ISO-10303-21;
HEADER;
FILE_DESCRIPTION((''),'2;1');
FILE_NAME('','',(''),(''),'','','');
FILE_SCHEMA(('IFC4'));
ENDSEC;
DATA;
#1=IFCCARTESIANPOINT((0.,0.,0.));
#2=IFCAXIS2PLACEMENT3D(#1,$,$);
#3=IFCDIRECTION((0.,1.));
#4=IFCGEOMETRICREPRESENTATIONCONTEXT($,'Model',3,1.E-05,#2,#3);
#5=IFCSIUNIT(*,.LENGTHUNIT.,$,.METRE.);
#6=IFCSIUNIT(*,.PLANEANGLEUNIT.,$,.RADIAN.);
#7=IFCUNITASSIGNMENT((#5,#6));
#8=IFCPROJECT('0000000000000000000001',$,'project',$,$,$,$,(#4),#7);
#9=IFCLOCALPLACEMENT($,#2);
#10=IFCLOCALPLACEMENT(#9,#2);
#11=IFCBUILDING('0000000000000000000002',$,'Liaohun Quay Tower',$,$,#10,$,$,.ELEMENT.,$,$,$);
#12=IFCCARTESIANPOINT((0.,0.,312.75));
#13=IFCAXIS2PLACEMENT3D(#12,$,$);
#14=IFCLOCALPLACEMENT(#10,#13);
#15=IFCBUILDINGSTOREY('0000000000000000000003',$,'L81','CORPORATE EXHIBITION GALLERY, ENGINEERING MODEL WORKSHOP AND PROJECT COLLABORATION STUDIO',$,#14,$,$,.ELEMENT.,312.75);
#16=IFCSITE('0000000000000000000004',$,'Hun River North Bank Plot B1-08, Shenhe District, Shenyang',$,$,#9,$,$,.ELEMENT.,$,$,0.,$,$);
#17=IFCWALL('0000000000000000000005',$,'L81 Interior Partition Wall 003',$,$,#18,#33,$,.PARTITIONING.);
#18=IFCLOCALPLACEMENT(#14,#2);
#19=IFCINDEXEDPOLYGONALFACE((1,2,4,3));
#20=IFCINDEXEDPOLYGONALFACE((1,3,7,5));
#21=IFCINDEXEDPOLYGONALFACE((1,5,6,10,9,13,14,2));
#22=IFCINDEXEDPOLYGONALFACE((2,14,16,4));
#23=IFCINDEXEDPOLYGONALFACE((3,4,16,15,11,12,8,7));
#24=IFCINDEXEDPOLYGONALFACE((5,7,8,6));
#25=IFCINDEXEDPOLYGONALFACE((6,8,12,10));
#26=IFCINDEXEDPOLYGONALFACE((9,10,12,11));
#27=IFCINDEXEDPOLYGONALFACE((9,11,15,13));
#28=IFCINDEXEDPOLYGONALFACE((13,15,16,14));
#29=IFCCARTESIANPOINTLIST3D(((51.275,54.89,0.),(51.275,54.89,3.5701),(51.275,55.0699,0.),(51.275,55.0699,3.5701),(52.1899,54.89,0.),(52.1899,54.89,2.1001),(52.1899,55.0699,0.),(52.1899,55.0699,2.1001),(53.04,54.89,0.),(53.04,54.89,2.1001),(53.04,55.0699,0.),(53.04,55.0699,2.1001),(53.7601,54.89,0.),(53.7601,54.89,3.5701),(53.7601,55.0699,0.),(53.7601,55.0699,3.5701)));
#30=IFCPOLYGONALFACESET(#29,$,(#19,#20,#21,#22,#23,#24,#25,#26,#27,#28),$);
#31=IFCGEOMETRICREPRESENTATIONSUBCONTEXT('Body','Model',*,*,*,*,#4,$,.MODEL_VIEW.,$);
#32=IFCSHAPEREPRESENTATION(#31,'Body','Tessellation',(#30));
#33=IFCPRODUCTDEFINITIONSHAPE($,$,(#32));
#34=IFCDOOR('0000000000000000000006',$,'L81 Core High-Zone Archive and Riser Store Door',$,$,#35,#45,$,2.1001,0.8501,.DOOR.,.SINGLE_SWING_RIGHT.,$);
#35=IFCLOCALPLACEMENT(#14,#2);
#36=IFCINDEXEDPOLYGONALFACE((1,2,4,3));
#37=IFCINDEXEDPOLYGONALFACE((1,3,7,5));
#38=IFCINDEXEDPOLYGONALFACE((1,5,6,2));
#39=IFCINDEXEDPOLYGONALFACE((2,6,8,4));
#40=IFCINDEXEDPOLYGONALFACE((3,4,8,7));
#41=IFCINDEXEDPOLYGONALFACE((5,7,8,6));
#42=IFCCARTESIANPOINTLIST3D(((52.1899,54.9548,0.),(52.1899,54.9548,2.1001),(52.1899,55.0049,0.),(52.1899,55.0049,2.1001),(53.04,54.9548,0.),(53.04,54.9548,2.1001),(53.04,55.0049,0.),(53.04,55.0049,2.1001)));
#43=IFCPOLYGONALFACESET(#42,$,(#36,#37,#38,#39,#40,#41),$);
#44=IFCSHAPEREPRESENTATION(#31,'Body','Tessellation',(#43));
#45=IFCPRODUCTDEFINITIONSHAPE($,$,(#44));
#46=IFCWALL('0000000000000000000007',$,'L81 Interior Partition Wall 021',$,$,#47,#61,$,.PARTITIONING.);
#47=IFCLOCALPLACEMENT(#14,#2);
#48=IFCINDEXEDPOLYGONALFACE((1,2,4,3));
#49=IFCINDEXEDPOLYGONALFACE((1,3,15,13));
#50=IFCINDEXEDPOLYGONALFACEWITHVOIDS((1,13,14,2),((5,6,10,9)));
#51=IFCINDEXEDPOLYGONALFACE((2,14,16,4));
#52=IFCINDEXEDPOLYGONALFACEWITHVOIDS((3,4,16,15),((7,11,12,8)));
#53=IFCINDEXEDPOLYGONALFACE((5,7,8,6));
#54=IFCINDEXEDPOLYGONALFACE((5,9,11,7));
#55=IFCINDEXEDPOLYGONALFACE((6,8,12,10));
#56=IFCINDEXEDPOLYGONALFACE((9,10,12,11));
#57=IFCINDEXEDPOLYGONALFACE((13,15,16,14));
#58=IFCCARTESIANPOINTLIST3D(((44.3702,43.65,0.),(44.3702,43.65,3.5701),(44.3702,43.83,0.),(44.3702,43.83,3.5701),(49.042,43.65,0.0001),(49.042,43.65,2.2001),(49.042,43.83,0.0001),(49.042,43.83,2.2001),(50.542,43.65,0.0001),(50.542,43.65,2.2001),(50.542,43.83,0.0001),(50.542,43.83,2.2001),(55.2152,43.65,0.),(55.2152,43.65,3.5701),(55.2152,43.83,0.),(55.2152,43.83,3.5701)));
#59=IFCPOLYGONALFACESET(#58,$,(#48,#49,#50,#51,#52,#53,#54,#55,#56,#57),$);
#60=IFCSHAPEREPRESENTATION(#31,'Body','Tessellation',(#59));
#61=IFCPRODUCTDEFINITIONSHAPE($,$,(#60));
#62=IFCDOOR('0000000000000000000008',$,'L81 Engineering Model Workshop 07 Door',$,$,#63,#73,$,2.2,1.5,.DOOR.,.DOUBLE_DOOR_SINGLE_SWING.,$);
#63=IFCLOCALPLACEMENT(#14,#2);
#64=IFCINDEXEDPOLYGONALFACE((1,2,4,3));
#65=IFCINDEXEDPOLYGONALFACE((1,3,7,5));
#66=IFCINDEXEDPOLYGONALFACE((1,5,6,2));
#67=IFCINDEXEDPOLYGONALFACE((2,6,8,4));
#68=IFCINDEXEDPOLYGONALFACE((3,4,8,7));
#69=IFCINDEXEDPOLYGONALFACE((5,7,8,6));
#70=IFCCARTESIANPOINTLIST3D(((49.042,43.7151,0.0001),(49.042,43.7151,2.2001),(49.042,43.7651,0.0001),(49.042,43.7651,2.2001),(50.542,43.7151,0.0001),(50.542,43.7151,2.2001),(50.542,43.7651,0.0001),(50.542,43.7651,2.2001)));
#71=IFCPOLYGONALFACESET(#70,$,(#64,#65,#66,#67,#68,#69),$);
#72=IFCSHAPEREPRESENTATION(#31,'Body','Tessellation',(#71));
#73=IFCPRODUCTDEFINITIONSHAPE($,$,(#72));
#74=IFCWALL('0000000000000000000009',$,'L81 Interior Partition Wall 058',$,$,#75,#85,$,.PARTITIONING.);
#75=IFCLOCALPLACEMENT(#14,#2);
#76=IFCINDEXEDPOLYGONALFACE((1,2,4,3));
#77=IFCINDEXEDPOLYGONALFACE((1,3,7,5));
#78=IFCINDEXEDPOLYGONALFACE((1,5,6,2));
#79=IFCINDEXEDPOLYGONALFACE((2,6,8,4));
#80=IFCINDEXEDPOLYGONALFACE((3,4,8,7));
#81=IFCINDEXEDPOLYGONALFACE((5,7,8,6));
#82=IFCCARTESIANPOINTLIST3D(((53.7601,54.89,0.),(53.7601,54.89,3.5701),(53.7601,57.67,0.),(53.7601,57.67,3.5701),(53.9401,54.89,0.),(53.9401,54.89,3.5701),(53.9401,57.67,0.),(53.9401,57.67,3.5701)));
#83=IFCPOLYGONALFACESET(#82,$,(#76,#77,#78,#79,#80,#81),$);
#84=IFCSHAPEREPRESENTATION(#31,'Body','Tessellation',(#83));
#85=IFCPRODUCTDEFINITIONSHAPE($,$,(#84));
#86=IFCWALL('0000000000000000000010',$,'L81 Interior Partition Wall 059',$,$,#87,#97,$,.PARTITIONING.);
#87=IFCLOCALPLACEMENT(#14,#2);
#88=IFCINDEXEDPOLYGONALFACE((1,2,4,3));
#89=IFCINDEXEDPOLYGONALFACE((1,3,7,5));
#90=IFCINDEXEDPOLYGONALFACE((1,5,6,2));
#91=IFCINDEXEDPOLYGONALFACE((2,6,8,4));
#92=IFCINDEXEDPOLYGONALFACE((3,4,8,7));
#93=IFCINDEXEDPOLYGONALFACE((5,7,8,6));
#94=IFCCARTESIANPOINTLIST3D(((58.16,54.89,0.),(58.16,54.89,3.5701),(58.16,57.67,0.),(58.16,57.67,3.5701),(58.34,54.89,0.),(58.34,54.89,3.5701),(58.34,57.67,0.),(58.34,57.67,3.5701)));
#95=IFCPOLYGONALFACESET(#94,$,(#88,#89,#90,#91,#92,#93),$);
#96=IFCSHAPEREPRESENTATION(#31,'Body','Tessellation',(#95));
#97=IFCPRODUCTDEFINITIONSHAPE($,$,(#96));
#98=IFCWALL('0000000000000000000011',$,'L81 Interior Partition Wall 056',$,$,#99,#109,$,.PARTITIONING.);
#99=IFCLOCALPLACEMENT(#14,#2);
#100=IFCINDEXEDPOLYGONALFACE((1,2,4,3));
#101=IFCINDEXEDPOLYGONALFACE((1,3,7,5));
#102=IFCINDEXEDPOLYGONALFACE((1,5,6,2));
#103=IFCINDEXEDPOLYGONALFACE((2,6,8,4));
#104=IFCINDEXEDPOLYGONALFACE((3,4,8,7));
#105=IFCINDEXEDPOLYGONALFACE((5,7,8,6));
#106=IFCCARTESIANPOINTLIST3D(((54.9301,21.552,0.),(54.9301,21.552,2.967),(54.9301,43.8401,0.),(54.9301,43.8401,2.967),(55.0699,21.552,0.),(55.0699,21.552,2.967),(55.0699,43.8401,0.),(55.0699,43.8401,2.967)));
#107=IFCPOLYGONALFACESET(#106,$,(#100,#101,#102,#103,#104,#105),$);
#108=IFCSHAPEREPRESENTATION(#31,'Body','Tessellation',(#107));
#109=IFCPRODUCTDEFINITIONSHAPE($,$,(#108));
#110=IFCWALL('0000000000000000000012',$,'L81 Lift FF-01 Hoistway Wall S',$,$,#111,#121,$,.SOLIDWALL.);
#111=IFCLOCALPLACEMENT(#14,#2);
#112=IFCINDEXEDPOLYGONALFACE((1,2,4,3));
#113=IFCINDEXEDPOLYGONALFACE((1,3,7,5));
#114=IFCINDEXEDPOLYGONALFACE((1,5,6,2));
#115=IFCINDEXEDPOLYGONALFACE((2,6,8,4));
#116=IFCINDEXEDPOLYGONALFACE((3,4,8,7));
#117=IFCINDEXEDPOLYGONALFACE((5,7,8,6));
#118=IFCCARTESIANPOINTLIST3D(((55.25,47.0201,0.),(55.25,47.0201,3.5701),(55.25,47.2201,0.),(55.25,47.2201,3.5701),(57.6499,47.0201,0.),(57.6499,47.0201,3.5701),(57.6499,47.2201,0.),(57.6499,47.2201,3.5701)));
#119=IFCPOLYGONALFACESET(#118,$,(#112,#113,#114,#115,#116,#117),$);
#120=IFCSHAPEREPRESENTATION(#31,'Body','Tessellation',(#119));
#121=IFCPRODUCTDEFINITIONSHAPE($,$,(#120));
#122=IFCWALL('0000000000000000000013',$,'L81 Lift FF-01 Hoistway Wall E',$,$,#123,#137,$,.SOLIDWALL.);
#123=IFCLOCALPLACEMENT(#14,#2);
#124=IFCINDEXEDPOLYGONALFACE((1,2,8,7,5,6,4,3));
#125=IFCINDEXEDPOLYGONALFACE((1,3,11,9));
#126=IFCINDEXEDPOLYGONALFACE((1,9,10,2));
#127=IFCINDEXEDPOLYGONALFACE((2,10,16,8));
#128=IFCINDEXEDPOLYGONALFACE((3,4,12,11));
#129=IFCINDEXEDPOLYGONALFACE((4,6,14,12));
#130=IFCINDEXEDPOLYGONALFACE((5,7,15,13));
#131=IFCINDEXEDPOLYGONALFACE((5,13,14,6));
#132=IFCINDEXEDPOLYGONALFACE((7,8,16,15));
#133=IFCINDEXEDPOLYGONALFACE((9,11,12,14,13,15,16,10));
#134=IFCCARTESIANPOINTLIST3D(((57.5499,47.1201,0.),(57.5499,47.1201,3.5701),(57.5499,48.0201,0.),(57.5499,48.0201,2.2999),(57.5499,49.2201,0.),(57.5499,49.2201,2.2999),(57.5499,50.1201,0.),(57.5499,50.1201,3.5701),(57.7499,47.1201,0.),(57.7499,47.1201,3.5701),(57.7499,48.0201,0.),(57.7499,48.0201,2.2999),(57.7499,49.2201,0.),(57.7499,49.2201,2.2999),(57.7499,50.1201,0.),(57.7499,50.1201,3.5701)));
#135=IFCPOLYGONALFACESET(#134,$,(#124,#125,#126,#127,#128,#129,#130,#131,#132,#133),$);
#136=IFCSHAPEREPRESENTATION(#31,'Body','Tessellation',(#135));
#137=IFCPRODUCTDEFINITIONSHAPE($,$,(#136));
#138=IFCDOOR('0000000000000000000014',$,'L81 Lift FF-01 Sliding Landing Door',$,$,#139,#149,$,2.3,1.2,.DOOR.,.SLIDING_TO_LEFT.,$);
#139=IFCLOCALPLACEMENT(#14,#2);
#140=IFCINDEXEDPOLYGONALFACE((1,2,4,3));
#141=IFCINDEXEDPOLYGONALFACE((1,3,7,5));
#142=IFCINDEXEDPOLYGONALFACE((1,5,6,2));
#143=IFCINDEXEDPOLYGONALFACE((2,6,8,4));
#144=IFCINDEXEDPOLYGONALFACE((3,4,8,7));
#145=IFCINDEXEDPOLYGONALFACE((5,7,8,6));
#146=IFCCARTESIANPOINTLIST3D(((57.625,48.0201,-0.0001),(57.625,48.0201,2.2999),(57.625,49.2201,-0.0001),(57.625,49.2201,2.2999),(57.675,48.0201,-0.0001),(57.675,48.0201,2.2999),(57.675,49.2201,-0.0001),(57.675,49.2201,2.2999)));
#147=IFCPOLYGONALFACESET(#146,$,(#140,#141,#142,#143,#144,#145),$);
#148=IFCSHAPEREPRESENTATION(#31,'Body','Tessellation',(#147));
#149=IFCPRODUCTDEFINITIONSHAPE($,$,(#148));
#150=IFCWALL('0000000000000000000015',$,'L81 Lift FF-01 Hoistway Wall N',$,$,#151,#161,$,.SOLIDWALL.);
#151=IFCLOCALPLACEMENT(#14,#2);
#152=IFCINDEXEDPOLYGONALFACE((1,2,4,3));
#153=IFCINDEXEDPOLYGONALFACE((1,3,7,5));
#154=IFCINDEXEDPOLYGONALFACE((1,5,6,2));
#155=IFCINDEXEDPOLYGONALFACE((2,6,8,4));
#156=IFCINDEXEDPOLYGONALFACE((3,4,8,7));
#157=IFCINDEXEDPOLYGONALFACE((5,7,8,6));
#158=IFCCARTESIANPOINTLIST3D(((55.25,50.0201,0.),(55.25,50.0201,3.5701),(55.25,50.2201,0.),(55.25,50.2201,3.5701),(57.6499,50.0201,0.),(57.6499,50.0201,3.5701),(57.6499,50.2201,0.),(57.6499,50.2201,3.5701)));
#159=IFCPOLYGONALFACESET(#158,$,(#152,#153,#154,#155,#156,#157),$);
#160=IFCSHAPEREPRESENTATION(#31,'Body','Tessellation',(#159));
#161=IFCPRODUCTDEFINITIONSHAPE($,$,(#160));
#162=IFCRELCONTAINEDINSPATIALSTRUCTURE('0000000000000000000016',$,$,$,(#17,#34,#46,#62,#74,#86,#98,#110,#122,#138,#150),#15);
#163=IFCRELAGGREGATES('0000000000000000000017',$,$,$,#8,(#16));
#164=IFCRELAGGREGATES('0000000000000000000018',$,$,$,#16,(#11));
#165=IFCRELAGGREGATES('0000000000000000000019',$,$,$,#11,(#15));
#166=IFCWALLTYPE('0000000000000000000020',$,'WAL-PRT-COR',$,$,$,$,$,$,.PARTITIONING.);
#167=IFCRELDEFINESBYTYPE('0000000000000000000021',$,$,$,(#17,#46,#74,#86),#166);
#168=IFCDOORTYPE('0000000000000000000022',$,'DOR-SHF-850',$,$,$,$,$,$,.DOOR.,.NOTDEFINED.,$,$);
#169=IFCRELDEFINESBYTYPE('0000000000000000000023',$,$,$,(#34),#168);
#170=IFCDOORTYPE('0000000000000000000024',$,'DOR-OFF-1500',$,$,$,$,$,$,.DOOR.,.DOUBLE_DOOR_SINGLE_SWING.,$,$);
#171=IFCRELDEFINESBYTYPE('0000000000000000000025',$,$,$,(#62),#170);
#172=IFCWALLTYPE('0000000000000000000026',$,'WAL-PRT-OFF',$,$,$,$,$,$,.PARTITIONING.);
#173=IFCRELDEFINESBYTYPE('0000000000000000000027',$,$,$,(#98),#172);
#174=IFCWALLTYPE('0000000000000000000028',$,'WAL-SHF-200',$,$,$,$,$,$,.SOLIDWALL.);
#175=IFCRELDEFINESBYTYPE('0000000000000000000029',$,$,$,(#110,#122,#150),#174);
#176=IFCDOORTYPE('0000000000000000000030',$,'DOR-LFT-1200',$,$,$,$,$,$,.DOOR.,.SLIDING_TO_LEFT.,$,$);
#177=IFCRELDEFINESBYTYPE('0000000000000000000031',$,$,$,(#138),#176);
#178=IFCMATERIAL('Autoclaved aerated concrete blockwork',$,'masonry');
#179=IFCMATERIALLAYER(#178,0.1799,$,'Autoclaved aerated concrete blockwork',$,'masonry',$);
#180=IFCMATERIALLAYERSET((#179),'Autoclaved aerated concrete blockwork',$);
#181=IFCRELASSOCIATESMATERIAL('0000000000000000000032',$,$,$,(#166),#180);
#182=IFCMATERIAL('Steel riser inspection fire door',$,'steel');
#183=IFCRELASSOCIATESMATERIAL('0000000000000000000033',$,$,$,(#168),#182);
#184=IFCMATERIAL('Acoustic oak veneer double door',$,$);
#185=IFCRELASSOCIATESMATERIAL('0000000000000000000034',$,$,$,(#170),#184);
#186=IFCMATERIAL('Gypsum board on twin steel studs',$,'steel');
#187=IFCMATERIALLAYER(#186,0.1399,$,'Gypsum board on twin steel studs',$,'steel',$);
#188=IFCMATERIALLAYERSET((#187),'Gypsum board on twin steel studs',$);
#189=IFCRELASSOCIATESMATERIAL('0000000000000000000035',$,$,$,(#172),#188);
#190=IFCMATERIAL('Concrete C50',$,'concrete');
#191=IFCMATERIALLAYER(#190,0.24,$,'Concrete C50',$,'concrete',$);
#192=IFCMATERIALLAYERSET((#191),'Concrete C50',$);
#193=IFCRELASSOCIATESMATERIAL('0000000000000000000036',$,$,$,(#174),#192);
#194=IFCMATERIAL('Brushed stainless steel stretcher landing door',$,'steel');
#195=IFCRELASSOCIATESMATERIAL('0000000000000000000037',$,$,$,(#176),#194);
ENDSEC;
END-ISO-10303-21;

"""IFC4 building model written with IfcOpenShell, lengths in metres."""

from ifc_helpers import new_model, si_unit, direction, frame, frame_2d, origin, place, context, subcontext, project, spatial, rectangle, extrude, source, transform, mapped, material, layer, layer_set, type_object, element, fill, save


model = new_model("IFC4")

# Units and contexts
model_context = context("Model", 3, precision=1e-05, world=origin(), true_north=direction((0.0, 1.0)))
body_context = subcontext(model_context, "Body", "Model", "MODEL_VIEW")
ifc_project = project(units=[si_unit("LENGTHUNIT", "METRE"), si_unit("PLANEANGLEUNIT", "RADIAN")], contexts=[model_context])

# Site, building, storey
site_placement = place(None, origin())
site = spatial("IfcSite", under=ifc_project, at=site_placement, Name="Hun River North Bank Plot B1-08, Shenhe District, Shenyang", CompositionType="ELEMENT", RefElevation=0.0)
building_placement = place(site_placement, origin())
building = spatial("IfcBuilding", under=site, at=building_placement, Name="Liaohun Quay Tower", CompositionType="ELEMENT")
storey_placement = place(building_placement, frame((0.0, 0.0, 312.75)))
storey = spatial("IfcBuildingStorey", under=building, at=storey_placement, Name="L81", Description="CORPORATE EXHIBITION GALLERY, ENGINEERING MODEL WORKSHOP AND PROJECT COLLABORATION STUDIO", CompositionType="ELEMENT", Elevation=312.75)

# Shared definitions
ifc_material_1 = material(Name="Concrete C50", Category="concrete")

# Walls, openings, doors
ifc_material_2 = material(Name="Autoclaved aerated concrete blockwork", Category="masonry")
ifc_layer_1 = layer(ifc_material_2, 0.1799, Name="Autoclaved aerated concrete blockwork", Category="masonry")
ifc_layer_set_1 = layer_set([ifc_layer_1], Name="Autoclaved aerated concrete blockwork")
wall_type_1 = type_object("IfcWallType", Name="WAL-PRT-COR", PredefinedType="PARTITIONING", material=ifc_layer_set_1)
wall_1_placement = place(storey_placement, frame((51.2749, 54.98, 0.0), z_axis=(0.0, 0.0, 1.0), x_axis=(1.0, 0.0, 0.0)))
wall_1 = element("IfcWall", 1, at=wall_1_placement, inside=storey, type_object=wall_type_1, Name="L81 Interior Partition Wall 003", PredefinedType="PARTITIONING", context=body_context, shape_type="SweptSolid", body=[
    extrude(rectangle(XDim=2.4851, YDim=0.1799, at=frame_2d((1.2427, 0.0))), origin(), (0.0, 0.0, 1.0), 3.5701),
])
shared_shape_1 = source(origin(), body_context, "Body", "SweptSolid", [
    extrude(rectangle(XDim=0.8501, YDim=2.1001, at=frame_2d((0.425, 1.05))), frame((0.0, 0.0999, 0.0), z_axis=(0.0, -1.0, 0.0), x_axis=(1.0, 0.0, 0.0)), (0.0, 0.0, 1.0), 0.2),
])
opening_1_placement = place(wall_1_placement, frame((0.915, 0.0, 0.0)))
opening_1 = element("IfcOpeningElement", 2, at=opening_1_placement, cuts=wall_1, PredefinedType="OPENING", context=body_context, shape_type="MappedRepresentation", body=[
    mapped(shared_shape_1, transform((0.0, 0.0, 0.0), x_axis=(1.0, 0.0, 0.0), y_axis=(0.0, 1.0, 0.0), z_axis=(0.0, 0.0, 1.0), scale=1.0)),
])
ifc_material_3 = material(Name="Steel riser inspection fire door", Category="steel")
door_type_1 = type_object("IfcDoorType", Name="DOR-SHF-850", OperationType="NOTDEFINED", PredefinedType="DOOR", material=ifc_material_3)
shared_shape_2 = source(origin(), body_context, "Body", "SweptSolid", [
    extrude(rectangle(XDim=0.8501, YDim=2.1001, at=frame_2d((0.425, 1.05))), frame((0.0, 0.0249, 0.0), z_axis=(0.0, -1.0, 0.0), x_axis=(1.0, 0.0, 0.0)), (0.0, 0.0, 1.0), 0.05),
])
door_1_placement = place(opening_1_placement, origin())
door_1 = element("IfcDoor", 3, at=door_1_placement, inside=storey, type_object=door_type_1, Name="L81 Core High-Zone Archive and Riser Store Door", OperationType="SINGLE_SWING_RIGHT", OverallHeight=2.1001, OverallWidth=0.8501, PredefinedType="DOOR", context=body_context, shape_type="MappedRepresentation", body=[
    mapped(shared_shape_2, transform((0.0, 0.0, 0.0), x_axis=(1.0, 0.0, 0.0), y_axis=(0.0, 1.0, 0.0), z_axis=(0.0, 0.0, 1.0), scale=1.0)),
])
fill(opening_1, door_1)
wall_2_placement = place(storey_placement, frame((55.2151, 43.74, 0.0), z_axis=(0.0, 0.0, 1.0), x_axis=(-1.0, 0.0, 0.0)))
wall_2 = element("IfcWall", 4, at=wall_2_placement, inside=storey, type_object=wall_type_1, Name="L81 Interior Partition Wall 021", PredefinedType="PARTITIONING", context=body_context, shape_type="SweptSolid", body=[
    extrude(rectangle(XDim=10.845, YDim=0.1799, at=frame_2d((5.4224, 0.0))), origin(), (0.0, 0.0, 1.0), 3.5701),
])
shared_shape_3 = source(origin(), body_context, "Body", "SweptSolid", [
    extrude(rectangle(XDim=1.5, YDim=2.2, at=frame_2d((0.75, 1.1001))), frame((0.0, 0.0999, 0.0), z_axis=(0.0, -1.0, 0.0), x_axis=(1.0, 0.0, 0.0)), (0.0, 0.0, 1.0), 0.2),
])
opening_2_placement = place(wall_2_placement, frame((4.6731, 0.0, 0.0)))
opening_2 = element("IfcOpeningElement", 5, at=opening_2_placement, cuts=wall_2, PredefinedType="OPENING", context=body_context, shape_type="MappedRepresentation", body=[
    mapped(shared_shape_3, transform((0.0, 0.0, 0.0), x_axis=(1.0, 0.0, 0.0), y_axis=(0.0, 1.0, 0.0), z_axis=(0.0, 0.0, 1.0), scale=1.0)),
])
ifc_material_4 = material(Name="Acoustic oak veneer double door")
door_type_2 = type_object("IfcDoorType", Name="DOR-OFF-1500", OperationType="DOUBLE_DOOR_SINGLE_SWING", PredefinedType="DOOR", material=ifc_material_4)
shared_shape_4 = source(origin(), body_context, "Body", "SweptSolid", [
    extrude(rectangle(XDim=1.5, YDim=2.2, at=frame_2d((0.75, 1.1001))), frame((0.0, 0.0249, 0.0), z_axis=(0.0, -1.0, 0.0), x_axis=(1.0, 0.0, 0.0)), (0.0, 0.0, 1.0), 0.05),
])
door_2_placement = place(opening_2_placement, origin())
door_2 = element("IfcDoor", 6, at=door_2_placement, inside=storey, type_object=door_type_2, Name="L81 Engineering Model Workshop 07 Door", OperationType="DOUBLE_DOOR_SINGLE_SWING", OverallHeight=2.2, OverallWidth=1.5, PredefinedType="DOOR", context=body_context, shape_type="MappedRepresentation", body=[
    mapped(shared_shape_4, transform((0.0, 0.0, 0.0), x_axis=(1.0, 0.0, 0.0), y_axis=(0.0, 1.0, 0.0), z_axis=(0.0, 0.0, 1.0), scale=1.0)),
])
fill(opening_2, door_2)

# Walls
for number, where, z_axis, x_axis, name in (
    (7, (53.8501, 54.8899, 0.0), (0.0, 0.0, 1.0), (0.0, 1.0, 0.0), "L81 Interior Partition Wall 058"),
    (8, (58.25, 54.8899, 0.0), (0.0, 0.0, 1.0), (0.0, 1.0, 0.0), "L81 Interior Partition Wall 059"),
):
    element("IfcWall", number, at=place(storey_placement, frame(where, z_axis=z_axis, x_axis=x_axis)), inside=storey, type_object=wall_type_1, Name=name, PredefinedType="PARTITIONING", context=body_context, shape_type="SweptSolid", body=[
        extrude(rectangle(XDim=2.78, YDim=0.1799, at=frame_2d((1.3901, 0.0))), origin(), (0.0, 0.0, 1.0), 3.5701),
    ])
ifc_material_5 = material(Name="Gypsum board on twin steel studs", Category="steel")
ifc_layer_2 = layer(ifc_material_5, 0.1399, Name="Gypsum board on twin steel studs", Category="steel")
ifc_layer_set_2 = layer_set([ifc_layer_2], Name="Gypsum board on twin steel studs")
wall_type_2 = type_object("IfcWallType", Name="WAL-PRT-OFF", PredefinedType="PARTITIONING", material=ifc_layer_set_2)
wall_3_placement = place(storey_placement, frame((55.0, 43.8401, 0.0), z_axis=(0.0, 0.0, 1.0), x_axis=(0.0, -1.0, 0.0)))
element("IfcWall", 9, at=wall_3_placement, inside=storey, type_object=wall_type_2, Name="L81 Interior Partition Wall 056", PredefinedType="PARTITIONING", context=body_context, shape_type="SweptSolid", body=[
    extrude(rectangle(XDim=22.2881, YDim=0.1399, at=frame_2d((11.144, 0.0))), origin(), (0.0, 0.0, 1.0), 2.967),
])
ifc_layer_3 = layer(ifc_material_1, 0.24, Name="Concrete C50", Category="concrete")
ifc_layer_set_3 = layer_set([ifc_layer_3], Name="Concrete C50")
wall_type_3 = type_object("IfcWallType", Name="WAL-SHF-200", PredefinedType="SOLIDWALL", material=ifc_layer_set_3)
wall_4_placement = place(storey_placement, frame((55.25, 47.1201, 0.0), z_axis=(0.0, 0.0, 1.0), x_axis=(1.0, 0.0, 0.0)))
element("IfcWall", 10, at=wall_4_placement, inside=storey, type_object=wall_type_3, Name="L81 Lift FF-01 Hoistway Wall S", PredefinedType="SOLIDWALL", context=body_context, shape_type="SweptSolid", body=[
    extrude(rectangle(XDim=2.3999, YDim=0.2, at=frame_2d((1.2, 0.0))), origin(), (0.0, 0.0, 1.0), 3.5701),
])

# Wall, opening, door
wall_5_placement = place(storey_placement, frame((57.6499, 47.1201, 0.0), z_axis=(0.0, 0.0, 1.0), x_axis=(0.0, 1.0, 0.0)))
wall_5 = element("IfcWall", 11, at=wall_5_placement, inside=storey, type_object=wall_type_3, Name="L81 Lift FF-01 Hoistway Wall E", PredefinedType="SOLIDWALL", context=body_context, shape_type="SweptSolid", body=[
    extrude(rectangle(XDim=3.0, YDim=0.2, at=frame_2d((1.5, 0.0))), origin(), (0.0, 0.0, 1.0), 3.5701),
])
shared_shape_5 = source(origin(), body_context, "Body", "SweptSolid", [
    extrude(rectangle(XDim=1.2, YDim=2.3, at=frame_2d((0.6001, 1.1499))), frame((0.0, 0.1099, 0.0), z_axis=(0.0, -1.0, 0.0), x_axis=(1.0, 0.0, 0.0)), (0.0, 0.0, 1.0), 0.22),
])
opening_3_placement = place(wall_5_placement, frame((0.8999, 0.0, 0.0)))
opening_3 = element("IfcOpeningElement", 12, at=opening_3_placement, cuts=wall_5, PredefinedType="OPENING", context=body_context, shape_type="MappedRepresentation", body=[
    mapped(shared_shape_5, transform((0.0, 0.0, 0.0), x_axis=(1.0, 0.0, 0.0), y_axis=(0.0, 1.0, 0.0), z_axis=(0.0, 0.0, 1.0), scale=1.0)),
])
ifc_material_6 = material(Name="Brushed stainless steel stretcher landing door", Category="steel")
door_type_3 = type_object("IfcDoorType", Name="DOR-LFT-1200", OperationType="SLIDING_TO_LEFT", PredefinedType="DOOR", material=ifc_material_6)
shared_shape_6 = source(origin(), body_context, "Body", "SweptSolid", [
    extrude(rectangle(XDim=1.2, YDim=2.3, at=frame_2d((0.6001, 1.1499))), frame((0.0, 0.0249, 0.0), z_axis=(0.0, -1.0, 0.0), x_axis=(1.0, 0.0, 0.0)), (0.0, 0.0, 1.0), 0.05),
])
door_3_placement = place(opening_3_placement, origin())
door_3 = element("IfcDoor", 13, at=door_3_placement, inside=storey, type_object=door_type_3, Name="L81 Lift FF-01 Sliding Landing Door", OperationType="SLIDING_TO_LEFT", OverallHeight=2.3, OverallWidth=1.2, PredefinedType="DOOR", context=body_context, shape_type="MappedRepresentation", body=[
    mapped(shared_shape_6, transform((0.0, 0.0, 0.0), x_axis=(1.0, 0.0, 0.0), y_axis=(0.0, 1.0, 0.0), z_axis=(0.0, 0.0, 1.0), scale=1.0)),
])
fill(opening_3, door_3)

# Wall
wall_6_placement = place(storey_placement, frame((57.6499, 50.1201, 0.0), z_axis=(0.0, 0.0, 1.0), x_axis=(-1.0, 0.0, 0.0)))
element("IfcWall", 14, at=wall_6_placement, inside=storey, type_object=wall_type_3, Name="L81 Lift FF-01 Hoistway Wall N", PredefinedType="SOLIDWALL", context=body_context, shape_type="SweptSolid", body=[
    extrude(rectangle(XDim=2.3999, YDim=0.2, at=frame_2d((1.2, 0.0))), origin(), (0.0, 0.0, 1.0), 3.5701),
])

save(model, "model.ifc")
